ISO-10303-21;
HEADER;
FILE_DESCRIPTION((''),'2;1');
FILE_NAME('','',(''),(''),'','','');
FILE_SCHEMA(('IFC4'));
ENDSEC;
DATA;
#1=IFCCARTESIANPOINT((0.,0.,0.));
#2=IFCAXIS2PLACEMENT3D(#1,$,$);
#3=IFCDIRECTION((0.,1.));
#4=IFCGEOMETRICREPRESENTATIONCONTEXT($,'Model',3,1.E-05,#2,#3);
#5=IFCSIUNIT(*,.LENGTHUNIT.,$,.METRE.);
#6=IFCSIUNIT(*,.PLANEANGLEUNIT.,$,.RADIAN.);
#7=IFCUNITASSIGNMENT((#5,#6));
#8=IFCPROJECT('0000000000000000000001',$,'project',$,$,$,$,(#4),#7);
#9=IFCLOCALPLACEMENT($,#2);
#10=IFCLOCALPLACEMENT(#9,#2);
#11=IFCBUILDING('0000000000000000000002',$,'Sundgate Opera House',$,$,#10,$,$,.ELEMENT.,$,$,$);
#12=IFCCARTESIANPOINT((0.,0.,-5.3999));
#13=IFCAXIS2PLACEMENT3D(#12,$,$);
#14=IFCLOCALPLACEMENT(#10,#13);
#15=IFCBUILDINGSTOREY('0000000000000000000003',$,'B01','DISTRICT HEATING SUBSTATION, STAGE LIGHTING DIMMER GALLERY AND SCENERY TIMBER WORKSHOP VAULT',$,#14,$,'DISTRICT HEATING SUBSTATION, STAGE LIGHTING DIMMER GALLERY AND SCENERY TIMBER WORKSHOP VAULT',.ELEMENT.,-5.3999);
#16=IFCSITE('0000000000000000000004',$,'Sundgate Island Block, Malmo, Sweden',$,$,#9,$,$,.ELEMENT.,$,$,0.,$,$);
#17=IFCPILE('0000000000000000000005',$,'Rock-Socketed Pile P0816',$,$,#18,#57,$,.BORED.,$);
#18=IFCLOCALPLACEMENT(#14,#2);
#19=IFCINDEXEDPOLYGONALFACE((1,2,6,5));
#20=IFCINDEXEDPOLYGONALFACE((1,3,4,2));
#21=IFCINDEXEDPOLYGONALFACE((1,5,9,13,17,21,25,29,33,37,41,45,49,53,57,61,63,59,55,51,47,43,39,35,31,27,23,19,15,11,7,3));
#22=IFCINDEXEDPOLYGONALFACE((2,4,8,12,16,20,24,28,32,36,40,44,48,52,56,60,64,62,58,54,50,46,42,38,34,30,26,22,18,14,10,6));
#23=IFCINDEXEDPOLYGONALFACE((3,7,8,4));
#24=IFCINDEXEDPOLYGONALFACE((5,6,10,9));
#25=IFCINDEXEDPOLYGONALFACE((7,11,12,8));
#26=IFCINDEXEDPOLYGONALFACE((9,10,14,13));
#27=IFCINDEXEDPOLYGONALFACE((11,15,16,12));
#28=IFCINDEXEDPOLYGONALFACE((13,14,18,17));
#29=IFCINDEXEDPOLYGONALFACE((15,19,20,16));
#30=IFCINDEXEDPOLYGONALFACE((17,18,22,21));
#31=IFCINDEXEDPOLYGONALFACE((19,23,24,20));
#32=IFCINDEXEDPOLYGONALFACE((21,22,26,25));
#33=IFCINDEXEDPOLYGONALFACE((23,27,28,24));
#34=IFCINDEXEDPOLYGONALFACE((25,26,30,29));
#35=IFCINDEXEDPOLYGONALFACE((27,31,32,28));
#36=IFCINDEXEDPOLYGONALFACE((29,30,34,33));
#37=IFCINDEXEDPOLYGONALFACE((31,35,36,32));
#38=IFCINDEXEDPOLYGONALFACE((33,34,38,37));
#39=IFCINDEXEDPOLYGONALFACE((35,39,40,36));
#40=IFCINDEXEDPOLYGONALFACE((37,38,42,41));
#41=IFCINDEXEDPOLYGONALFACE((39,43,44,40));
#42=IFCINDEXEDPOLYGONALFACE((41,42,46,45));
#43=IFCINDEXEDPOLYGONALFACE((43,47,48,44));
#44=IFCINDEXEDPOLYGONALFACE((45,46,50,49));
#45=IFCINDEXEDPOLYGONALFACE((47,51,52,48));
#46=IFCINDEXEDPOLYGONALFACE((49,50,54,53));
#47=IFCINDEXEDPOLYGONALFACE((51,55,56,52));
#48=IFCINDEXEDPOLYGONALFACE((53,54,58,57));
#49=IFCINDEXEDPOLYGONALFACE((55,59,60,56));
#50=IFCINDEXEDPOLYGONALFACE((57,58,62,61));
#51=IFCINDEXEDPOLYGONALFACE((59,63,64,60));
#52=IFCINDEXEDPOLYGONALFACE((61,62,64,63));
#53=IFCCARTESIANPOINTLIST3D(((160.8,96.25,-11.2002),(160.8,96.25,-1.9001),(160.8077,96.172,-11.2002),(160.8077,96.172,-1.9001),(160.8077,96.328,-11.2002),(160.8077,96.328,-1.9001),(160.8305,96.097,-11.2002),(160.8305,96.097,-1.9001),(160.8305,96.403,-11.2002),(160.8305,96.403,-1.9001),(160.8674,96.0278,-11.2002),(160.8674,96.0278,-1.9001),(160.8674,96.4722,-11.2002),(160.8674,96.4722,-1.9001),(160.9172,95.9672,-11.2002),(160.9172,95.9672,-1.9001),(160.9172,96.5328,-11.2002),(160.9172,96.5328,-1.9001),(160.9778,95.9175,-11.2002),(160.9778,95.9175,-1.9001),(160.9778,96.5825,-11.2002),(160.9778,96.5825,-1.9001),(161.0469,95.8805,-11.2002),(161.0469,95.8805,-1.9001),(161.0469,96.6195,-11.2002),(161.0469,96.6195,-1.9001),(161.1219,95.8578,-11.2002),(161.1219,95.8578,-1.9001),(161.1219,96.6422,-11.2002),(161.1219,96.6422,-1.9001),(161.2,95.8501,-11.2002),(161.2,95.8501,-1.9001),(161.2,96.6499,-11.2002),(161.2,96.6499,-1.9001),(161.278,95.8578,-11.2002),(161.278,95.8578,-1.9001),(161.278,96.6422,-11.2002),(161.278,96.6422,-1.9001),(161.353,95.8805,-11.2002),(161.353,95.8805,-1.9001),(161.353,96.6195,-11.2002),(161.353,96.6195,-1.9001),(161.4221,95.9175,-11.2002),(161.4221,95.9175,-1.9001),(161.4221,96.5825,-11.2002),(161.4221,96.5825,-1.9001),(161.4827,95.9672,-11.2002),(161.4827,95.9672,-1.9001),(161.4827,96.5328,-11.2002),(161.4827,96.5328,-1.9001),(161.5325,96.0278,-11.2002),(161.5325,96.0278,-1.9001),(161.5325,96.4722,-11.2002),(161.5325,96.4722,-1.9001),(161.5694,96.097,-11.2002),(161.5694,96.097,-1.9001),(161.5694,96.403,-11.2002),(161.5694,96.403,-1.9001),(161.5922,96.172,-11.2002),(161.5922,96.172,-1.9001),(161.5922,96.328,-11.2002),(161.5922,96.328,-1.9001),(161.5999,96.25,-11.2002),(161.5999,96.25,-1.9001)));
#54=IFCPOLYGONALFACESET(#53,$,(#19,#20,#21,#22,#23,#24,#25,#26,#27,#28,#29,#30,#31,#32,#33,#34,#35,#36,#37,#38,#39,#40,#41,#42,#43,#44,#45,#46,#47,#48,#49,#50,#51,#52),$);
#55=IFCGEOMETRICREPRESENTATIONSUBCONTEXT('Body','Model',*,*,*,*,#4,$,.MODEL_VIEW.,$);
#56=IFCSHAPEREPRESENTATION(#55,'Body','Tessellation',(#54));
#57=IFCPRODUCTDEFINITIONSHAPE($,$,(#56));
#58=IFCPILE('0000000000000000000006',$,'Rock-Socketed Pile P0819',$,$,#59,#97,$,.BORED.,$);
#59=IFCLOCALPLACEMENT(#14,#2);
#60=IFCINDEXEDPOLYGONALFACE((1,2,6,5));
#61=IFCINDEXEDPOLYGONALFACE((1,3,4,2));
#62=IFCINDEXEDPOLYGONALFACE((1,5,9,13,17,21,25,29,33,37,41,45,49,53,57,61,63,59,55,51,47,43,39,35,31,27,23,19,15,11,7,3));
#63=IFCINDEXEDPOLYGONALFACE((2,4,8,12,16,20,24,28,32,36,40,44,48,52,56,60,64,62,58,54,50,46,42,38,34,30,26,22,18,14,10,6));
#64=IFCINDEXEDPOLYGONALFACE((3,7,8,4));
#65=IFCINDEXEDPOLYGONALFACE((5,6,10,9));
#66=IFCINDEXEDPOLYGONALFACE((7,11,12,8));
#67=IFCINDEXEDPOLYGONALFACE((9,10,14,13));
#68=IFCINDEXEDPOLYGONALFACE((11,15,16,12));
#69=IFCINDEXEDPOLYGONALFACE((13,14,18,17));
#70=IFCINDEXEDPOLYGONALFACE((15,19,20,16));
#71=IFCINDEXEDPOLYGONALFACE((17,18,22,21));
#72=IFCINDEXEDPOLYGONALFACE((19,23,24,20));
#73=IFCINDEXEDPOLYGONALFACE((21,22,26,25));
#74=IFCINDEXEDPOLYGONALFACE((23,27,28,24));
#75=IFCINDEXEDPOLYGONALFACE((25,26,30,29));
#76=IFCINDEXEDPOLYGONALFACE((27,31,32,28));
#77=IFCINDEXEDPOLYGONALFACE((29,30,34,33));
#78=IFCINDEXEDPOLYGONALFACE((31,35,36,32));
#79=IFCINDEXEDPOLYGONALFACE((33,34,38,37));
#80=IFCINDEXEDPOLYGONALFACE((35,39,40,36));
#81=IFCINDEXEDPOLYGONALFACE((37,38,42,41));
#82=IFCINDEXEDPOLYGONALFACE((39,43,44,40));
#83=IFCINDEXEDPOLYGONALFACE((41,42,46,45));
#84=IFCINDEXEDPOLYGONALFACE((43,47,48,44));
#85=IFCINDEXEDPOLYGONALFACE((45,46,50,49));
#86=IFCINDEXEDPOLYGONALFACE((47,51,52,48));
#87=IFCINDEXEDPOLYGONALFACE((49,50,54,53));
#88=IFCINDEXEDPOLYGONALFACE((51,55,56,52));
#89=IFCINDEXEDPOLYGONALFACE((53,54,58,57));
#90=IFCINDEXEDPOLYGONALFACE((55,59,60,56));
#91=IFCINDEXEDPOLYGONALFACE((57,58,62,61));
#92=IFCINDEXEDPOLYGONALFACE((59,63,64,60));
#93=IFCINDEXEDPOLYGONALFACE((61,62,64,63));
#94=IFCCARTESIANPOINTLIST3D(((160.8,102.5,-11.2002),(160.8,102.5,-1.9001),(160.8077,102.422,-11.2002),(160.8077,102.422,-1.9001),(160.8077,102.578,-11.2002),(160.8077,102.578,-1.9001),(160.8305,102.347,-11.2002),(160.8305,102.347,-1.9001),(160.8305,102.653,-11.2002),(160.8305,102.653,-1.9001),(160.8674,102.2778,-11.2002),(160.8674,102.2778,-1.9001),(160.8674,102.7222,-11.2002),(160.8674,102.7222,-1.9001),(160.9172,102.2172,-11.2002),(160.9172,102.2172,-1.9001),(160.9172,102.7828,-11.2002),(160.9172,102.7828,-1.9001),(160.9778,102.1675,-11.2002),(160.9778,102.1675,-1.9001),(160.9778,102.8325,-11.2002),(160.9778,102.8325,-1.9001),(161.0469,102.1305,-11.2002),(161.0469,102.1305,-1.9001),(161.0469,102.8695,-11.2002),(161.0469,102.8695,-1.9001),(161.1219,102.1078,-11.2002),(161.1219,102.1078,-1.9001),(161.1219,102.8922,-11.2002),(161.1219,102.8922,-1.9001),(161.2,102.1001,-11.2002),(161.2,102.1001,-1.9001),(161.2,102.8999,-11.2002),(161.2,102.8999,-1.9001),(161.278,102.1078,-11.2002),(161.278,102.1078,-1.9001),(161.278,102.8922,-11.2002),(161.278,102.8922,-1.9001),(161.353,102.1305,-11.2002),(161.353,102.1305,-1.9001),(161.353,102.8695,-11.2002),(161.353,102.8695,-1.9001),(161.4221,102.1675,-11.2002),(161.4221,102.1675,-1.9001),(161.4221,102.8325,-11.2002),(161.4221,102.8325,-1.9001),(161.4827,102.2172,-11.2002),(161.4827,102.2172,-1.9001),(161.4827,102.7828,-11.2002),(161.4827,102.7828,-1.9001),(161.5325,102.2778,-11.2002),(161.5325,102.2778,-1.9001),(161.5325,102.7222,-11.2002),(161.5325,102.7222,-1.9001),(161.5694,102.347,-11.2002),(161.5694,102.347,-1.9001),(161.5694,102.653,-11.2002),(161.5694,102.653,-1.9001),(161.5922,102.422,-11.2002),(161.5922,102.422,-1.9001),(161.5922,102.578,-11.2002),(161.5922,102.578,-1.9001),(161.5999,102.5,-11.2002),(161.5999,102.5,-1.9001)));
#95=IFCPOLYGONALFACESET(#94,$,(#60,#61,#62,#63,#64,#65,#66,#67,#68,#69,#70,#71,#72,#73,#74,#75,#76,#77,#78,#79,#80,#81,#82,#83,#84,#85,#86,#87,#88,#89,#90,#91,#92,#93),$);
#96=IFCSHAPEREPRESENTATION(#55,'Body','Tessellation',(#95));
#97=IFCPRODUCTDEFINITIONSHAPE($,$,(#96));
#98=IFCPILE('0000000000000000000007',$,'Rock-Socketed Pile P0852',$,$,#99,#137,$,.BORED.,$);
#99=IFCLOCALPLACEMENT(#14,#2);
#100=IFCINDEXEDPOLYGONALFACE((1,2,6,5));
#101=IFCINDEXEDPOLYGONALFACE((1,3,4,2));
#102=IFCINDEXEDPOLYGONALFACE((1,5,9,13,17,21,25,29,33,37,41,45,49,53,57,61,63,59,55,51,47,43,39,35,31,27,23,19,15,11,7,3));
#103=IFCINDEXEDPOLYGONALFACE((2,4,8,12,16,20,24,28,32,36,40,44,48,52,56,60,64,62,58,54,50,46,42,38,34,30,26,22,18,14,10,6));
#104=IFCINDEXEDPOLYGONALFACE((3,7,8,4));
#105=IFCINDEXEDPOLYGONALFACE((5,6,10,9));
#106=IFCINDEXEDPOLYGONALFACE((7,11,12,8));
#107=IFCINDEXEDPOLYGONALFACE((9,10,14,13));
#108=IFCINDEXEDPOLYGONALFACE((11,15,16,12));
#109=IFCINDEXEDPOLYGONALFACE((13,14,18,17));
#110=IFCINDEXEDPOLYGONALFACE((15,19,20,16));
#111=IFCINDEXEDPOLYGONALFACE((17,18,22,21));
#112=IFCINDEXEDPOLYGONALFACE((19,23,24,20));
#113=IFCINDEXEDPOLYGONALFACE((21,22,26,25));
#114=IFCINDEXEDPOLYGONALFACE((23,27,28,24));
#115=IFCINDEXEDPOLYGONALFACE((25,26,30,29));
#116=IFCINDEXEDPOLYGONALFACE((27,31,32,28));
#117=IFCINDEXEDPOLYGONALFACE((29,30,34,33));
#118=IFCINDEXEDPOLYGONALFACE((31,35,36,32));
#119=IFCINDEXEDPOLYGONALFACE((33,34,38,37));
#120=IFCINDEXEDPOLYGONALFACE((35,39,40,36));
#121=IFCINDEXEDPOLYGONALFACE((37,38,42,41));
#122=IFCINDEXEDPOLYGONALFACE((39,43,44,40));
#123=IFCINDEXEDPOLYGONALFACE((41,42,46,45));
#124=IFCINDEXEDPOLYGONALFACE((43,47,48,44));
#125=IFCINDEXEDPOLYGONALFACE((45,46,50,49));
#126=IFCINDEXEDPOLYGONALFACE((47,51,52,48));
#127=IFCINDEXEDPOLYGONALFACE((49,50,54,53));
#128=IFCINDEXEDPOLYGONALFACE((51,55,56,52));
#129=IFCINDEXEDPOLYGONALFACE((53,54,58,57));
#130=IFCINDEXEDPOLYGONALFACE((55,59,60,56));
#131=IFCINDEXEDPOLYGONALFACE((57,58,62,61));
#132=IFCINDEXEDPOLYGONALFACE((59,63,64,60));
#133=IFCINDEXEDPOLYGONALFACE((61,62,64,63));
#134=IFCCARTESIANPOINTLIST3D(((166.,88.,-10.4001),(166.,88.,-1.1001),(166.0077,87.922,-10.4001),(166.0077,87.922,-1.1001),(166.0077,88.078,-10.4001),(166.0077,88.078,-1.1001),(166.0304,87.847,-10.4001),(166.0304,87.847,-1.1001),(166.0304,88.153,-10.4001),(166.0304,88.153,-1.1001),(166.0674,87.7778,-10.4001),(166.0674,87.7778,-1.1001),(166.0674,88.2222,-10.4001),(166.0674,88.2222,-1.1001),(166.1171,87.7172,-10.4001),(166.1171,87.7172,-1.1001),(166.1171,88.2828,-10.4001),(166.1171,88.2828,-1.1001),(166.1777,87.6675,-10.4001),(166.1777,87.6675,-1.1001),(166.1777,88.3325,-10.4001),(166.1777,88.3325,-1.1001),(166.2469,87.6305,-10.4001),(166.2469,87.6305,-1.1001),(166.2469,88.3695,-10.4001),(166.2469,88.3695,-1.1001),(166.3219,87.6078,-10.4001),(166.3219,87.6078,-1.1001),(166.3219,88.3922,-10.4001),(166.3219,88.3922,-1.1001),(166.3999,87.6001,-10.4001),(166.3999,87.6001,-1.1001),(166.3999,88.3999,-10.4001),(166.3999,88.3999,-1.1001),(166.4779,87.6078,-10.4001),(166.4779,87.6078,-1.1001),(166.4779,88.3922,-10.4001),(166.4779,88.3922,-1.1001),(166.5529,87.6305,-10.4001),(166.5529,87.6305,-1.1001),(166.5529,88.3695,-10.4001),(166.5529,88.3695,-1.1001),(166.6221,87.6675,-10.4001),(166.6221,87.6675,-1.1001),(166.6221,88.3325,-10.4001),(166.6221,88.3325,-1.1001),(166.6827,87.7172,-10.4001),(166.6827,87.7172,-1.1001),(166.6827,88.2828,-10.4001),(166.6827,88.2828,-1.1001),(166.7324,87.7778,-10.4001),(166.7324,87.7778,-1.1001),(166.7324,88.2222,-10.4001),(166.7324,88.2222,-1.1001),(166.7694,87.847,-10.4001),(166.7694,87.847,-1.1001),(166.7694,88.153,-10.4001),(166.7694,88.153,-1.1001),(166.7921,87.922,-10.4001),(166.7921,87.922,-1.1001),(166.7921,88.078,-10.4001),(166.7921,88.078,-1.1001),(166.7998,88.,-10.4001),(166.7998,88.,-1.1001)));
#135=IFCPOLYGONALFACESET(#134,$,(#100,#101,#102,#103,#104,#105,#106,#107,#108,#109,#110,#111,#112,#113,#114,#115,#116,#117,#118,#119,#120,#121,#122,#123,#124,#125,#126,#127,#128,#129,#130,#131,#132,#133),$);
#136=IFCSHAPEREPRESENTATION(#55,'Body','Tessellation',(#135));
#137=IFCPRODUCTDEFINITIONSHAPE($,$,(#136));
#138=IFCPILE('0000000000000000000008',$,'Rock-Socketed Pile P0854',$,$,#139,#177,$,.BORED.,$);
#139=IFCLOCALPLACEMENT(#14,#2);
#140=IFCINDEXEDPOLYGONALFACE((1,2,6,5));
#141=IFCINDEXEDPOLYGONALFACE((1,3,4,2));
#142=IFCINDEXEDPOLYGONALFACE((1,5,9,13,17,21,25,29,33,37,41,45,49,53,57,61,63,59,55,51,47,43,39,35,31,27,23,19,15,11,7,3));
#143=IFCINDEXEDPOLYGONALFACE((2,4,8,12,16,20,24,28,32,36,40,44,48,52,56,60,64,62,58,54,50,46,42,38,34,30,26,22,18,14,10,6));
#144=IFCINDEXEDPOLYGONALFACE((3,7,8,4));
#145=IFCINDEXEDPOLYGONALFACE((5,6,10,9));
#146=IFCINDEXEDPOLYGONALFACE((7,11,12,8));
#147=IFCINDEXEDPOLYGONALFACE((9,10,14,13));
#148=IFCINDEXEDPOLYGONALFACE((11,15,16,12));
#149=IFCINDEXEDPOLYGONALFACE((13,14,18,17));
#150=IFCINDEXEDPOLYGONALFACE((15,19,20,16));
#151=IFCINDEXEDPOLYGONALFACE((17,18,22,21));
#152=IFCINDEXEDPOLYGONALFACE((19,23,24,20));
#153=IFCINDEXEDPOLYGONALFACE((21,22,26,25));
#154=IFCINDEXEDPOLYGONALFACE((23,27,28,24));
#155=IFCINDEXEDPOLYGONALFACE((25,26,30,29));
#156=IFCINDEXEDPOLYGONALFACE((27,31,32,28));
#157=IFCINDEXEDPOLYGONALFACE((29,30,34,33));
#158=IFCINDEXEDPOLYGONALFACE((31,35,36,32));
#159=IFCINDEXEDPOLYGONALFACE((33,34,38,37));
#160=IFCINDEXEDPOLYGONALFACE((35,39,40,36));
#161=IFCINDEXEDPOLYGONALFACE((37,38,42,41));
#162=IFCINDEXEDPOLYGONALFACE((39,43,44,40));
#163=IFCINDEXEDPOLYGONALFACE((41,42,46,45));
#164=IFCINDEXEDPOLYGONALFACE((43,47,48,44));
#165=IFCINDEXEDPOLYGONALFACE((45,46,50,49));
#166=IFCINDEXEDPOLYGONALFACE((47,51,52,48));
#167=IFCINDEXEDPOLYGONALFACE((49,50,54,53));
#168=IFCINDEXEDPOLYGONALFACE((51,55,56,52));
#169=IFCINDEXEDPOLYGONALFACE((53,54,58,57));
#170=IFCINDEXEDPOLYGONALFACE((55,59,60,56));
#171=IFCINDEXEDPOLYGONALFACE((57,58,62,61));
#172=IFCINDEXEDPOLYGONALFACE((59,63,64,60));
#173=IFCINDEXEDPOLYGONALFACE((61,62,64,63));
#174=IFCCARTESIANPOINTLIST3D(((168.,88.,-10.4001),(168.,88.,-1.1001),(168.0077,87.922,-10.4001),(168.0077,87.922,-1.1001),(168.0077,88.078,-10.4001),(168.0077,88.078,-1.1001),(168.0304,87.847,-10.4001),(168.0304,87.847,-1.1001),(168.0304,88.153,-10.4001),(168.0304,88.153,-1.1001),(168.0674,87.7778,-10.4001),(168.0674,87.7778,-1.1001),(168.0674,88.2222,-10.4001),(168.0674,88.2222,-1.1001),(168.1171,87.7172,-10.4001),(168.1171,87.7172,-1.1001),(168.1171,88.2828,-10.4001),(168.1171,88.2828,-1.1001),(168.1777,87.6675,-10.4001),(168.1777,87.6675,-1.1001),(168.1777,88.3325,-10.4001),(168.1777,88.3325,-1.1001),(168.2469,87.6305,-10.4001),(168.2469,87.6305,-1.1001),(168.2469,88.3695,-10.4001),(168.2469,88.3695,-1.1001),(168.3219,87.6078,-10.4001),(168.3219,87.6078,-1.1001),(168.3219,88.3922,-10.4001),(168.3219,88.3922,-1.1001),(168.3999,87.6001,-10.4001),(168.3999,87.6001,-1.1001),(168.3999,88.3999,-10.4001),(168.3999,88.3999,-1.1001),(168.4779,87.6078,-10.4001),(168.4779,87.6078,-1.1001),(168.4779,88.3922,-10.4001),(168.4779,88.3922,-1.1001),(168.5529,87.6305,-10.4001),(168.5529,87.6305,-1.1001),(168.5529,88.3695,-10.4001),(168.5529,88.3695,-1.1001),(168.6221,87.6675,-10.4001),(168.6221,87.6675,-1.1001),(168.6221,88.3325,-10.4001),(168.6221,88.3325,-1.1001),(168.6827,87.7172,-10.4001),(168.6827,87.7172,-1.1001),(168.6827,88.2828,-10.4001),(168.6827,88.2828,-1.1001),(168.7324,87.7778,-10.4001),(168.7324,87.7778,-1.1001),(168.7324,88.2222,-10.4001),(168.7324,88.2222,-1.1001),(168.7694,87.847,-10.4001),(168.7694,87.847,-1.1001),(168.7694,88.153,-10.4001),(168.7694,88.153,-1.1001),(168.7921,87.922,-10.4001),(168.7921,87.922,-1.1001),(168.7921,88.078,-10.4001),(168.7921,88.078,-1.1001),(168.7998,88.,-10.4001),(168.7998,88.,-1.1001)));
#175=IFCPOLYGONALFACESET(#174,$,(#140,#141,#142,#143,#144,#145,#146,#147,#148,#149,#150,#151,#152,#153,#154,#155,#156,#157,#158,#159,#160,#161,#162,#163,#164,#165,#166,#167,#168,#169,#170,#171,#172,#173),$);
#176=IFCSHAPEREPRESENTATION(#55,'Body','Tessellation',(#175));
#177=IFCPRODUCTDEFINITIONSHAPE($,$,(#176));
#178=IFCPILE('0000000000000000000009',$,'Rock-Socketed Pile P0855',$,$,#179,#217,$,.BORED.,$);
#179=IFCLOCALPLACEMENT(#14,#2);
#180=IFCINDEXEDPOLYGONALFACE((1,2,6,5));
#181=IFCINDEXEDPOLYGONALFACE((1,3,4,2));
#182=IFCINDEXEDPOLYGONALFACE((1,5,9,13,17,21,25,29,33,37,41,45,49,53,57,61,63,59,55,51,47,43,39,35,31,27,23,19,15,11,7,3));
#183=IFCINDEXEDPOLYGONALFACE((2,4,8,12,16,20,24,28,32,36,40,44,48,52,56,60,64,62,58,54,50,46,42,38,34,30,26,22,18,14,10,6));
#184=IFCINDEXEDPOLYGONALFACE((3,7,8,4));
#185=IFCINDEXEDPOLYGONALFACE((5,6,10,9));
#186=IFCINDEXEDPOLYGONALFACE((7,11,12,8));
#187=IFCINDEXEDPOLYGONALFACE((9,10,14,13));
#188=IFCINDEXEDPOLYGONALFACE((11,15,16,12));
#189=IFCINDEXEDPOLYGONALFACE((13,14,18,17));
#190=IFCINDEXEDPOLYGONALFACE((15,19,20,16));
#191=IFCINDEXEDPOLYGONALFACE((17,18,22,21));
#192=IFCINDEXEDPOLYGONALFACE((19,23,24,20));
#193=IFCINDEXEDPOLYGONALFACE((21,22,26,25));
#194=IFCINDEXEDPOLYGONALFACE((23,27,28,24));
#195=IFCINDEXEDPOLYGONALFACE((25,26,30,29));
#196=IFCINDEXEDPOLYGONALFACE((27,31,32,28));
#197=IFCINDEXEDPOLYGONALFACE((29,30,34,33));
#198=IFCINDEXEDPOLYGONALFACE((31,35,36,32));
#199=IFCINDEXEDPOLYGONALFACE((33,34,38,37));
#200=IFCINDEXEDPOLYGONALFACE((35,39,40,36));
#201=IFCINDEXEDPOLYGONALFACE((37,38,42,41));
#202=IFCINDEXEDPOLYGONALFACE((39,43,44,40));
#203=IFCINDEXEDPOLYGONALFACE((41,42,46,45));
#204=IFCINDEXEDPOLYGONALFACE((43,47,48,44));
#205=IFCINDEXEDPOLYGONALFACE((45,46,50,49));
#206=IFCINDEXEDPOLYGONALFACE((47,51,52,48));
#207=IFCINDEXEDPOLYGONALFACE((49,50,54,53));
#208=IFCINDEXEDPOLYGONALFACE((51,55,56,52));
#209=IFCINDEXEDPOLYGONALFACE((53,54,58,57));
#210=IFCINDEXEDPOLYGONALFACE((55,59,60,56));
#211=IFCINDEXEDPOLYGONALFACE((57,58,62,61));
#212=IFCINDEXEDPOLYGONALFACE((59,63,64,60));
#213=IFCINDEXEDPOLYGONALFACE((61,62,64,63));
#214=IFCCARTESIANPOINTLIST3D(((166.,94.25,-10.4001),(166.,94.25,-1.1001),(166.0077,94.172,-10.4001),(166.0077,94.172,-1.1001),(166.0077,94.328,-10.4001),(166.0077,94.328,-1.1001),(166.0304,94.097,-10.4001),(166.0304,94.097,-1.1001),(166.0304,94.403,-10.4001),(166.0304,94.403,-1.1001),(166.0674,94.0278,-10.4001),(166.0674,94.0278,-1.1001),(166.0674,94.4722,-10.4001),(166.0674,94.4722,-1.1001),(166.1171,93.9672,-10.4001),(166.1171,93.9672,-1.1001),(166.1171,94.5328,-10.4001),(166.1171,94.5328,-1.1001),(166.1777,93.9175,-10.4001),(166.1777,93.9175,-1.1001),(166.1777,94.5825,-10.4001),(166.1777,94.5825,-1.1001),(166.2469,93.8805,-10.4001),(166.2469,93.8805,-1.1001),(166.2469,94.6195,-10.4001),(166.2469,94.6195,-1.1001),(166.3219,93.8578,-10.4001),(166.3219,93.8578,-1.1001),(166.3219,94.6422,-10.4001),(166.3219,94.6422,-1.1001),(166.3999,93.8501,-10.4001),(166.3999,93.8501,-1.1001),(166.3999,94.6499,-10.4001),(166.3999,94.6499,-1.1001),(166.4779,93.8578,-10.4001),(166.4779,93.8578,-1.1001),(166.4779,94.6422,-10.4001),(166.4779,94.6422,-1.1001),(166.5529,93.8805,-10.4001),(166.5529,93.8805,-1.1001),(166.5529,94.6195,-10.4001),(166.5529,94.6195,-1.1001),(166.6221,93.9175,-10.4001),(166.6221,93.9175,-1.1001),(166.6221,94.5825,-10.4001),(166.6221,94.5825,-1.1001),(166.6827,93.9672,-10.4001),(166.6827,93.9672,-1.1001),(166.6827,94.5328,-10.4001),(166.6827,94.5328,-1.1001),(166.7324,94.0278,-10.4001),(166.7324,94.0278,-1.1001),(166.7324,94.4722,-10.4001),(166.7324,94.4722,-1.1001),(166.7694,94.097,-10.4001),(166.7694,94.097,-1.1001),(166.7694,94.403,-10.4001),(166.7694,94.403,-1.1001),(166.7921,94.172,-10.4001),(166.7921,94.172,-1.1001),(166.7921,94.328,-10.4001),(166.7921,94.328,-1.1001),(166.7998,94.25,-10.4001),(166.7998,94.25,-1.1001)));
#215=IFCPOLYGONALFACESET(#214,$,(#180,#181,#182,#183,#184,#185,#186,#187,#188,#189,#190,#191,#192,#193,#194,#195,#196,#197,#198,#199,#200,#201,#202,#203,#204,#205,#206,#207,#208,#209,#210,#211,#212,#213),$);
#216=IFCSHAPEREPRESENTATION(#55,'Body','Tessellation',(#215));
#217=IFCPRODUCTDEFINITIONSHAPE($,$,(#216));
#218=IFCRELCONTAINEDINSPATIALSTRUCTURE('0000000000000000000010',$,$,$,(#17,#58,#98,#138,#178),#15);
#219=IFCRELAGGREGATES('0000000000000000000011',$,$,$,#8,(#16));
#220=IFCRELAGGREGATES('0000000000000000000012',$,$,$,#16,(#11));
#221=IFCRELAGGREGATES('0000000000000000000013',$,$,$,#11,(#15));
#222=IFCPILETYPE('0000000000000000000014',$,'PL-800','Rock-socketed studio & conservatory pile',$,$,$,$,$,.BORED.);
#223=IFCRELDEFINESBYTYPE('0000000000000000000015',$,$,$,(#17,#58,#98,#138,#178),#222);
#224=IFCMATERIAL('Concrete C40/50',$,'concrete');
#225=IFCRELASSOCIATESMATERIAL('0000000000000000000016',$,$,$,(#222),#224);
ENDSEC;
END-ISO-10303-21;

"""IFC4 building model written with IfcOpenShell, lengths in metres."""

from ifc_helpers import new_model, si_unit, direction, frame, origin, origin_2d, place, context, subcontext, project, spatial, circle, extrude, material, material_profile, profile_set, type_object, element, save


model = new_model("IFC4")

# Units and contexts
model_context = context("Model", 3, precision=1e-05, world=origin(), true_north=direction((0.0, 1.0)))
body_context = subcontext(model_context, "Body", "Model", "MODEL_VIEW")
ifc_project = project(units=[si_unit("LENGTHUNIT", "METRE"), si_unit("PLANEANGLEUNIT", "RADIAN")], contexts=[model_context])

# Site, building, storey
site_placement = place(None, origin())
site = spatial("IfcSite", under=ifc_project, at=site_placement, Name="Sundgate Island Block, Malmo, Sweden", CompositionType="ELEMENT", RefElevation=0.0)
building_placement = place(site_placement, origin())
building = spatial("IfcBuilding", under=site, at=building_placement, Name="Sundgate Opera House", CompositionType="ELEMENT")
storey_placement = place(building_placement, frame((0.0, 0.0, -5.3999)))
storey = spatial("IfcBuildingStorey", under=building, at=storey_placement, Name="B01", Description="DISTRICT HEATING SUBSTATION, STAGE LIGHTING DIMMER GALLERY AND SCENERY TIMBER WORKSHOP VAULT", LongName="DISTRICT HEATING SUBSTATION, STAGE LIGHTING DIMMER GALLERY AND SCENERY TIMBER WORKSHOP VAULT", CompositionType="ELEMENT", Elevation=-5.3999)

# Piles
ifc_material_1 = material(Name="Concrete C40/50", Category="concrete")
ifc_material_profile_1 = material_profile(ifc_material_1, circle(Radius=0.3999, at=origin_2d()), Name="PILE D800")
ifc_profile_set_1 = profile_set([ifc_material_profile_1], Name="Concrete C40/50")
pile_type = type_object("IfcPileType", Name="PL-800", Description="Rock-socketed studio & conservatory pile", PredefinedType="BORED", material=ifc_profile_set_1)
for number, where, z_axis, x_axis, name in (
    (1, (161.2, 96.25, -1.9001), (0.0, 0.0, -1.0), (1.0, 0.0, 0.0), "Rock-Socketed Pile P0816"),
    (2, (161.2, 102.5, -1.9001), (0.0, 0.0, -1.0), (1.0, 0.0, 0.0), "Rock-Socketed Pile P0819"),
    (3, (166.3999, 88.0, -1.1001), (0.0, 0.0, -1.0), (1.0, 0.0, 0.0), "Rock-Socketed Pile P0852"),
    (4, (168.3999, 88.0, -1.1001), (0.0, 0.0, -1.0), (1.0, 0.0, 0.0), "Rock-Socketed Pile P0854"),
    (5, (166.3999, 94.25, -1.1001), (0.0, 0.0, -1.0), (1.0, 0.0, 0.0), "Rock-Socketed Pile P0855"),
):
    element("IfcPile", number, at=place(storey_placement, frame(where, z_axis=z_axis, x_axis=x_axis)), inside=storey, type_object=pile_type, Name=name, PredefinedType="BORED", context=body_context, shape_type="SweptSolid", body=[
        extrude(circle(Radius=0.3999, at=origin_2d()), origin(), (0.0, 0.0, 1.0), 9.3),
    ])

save(model, "model.ifc")
